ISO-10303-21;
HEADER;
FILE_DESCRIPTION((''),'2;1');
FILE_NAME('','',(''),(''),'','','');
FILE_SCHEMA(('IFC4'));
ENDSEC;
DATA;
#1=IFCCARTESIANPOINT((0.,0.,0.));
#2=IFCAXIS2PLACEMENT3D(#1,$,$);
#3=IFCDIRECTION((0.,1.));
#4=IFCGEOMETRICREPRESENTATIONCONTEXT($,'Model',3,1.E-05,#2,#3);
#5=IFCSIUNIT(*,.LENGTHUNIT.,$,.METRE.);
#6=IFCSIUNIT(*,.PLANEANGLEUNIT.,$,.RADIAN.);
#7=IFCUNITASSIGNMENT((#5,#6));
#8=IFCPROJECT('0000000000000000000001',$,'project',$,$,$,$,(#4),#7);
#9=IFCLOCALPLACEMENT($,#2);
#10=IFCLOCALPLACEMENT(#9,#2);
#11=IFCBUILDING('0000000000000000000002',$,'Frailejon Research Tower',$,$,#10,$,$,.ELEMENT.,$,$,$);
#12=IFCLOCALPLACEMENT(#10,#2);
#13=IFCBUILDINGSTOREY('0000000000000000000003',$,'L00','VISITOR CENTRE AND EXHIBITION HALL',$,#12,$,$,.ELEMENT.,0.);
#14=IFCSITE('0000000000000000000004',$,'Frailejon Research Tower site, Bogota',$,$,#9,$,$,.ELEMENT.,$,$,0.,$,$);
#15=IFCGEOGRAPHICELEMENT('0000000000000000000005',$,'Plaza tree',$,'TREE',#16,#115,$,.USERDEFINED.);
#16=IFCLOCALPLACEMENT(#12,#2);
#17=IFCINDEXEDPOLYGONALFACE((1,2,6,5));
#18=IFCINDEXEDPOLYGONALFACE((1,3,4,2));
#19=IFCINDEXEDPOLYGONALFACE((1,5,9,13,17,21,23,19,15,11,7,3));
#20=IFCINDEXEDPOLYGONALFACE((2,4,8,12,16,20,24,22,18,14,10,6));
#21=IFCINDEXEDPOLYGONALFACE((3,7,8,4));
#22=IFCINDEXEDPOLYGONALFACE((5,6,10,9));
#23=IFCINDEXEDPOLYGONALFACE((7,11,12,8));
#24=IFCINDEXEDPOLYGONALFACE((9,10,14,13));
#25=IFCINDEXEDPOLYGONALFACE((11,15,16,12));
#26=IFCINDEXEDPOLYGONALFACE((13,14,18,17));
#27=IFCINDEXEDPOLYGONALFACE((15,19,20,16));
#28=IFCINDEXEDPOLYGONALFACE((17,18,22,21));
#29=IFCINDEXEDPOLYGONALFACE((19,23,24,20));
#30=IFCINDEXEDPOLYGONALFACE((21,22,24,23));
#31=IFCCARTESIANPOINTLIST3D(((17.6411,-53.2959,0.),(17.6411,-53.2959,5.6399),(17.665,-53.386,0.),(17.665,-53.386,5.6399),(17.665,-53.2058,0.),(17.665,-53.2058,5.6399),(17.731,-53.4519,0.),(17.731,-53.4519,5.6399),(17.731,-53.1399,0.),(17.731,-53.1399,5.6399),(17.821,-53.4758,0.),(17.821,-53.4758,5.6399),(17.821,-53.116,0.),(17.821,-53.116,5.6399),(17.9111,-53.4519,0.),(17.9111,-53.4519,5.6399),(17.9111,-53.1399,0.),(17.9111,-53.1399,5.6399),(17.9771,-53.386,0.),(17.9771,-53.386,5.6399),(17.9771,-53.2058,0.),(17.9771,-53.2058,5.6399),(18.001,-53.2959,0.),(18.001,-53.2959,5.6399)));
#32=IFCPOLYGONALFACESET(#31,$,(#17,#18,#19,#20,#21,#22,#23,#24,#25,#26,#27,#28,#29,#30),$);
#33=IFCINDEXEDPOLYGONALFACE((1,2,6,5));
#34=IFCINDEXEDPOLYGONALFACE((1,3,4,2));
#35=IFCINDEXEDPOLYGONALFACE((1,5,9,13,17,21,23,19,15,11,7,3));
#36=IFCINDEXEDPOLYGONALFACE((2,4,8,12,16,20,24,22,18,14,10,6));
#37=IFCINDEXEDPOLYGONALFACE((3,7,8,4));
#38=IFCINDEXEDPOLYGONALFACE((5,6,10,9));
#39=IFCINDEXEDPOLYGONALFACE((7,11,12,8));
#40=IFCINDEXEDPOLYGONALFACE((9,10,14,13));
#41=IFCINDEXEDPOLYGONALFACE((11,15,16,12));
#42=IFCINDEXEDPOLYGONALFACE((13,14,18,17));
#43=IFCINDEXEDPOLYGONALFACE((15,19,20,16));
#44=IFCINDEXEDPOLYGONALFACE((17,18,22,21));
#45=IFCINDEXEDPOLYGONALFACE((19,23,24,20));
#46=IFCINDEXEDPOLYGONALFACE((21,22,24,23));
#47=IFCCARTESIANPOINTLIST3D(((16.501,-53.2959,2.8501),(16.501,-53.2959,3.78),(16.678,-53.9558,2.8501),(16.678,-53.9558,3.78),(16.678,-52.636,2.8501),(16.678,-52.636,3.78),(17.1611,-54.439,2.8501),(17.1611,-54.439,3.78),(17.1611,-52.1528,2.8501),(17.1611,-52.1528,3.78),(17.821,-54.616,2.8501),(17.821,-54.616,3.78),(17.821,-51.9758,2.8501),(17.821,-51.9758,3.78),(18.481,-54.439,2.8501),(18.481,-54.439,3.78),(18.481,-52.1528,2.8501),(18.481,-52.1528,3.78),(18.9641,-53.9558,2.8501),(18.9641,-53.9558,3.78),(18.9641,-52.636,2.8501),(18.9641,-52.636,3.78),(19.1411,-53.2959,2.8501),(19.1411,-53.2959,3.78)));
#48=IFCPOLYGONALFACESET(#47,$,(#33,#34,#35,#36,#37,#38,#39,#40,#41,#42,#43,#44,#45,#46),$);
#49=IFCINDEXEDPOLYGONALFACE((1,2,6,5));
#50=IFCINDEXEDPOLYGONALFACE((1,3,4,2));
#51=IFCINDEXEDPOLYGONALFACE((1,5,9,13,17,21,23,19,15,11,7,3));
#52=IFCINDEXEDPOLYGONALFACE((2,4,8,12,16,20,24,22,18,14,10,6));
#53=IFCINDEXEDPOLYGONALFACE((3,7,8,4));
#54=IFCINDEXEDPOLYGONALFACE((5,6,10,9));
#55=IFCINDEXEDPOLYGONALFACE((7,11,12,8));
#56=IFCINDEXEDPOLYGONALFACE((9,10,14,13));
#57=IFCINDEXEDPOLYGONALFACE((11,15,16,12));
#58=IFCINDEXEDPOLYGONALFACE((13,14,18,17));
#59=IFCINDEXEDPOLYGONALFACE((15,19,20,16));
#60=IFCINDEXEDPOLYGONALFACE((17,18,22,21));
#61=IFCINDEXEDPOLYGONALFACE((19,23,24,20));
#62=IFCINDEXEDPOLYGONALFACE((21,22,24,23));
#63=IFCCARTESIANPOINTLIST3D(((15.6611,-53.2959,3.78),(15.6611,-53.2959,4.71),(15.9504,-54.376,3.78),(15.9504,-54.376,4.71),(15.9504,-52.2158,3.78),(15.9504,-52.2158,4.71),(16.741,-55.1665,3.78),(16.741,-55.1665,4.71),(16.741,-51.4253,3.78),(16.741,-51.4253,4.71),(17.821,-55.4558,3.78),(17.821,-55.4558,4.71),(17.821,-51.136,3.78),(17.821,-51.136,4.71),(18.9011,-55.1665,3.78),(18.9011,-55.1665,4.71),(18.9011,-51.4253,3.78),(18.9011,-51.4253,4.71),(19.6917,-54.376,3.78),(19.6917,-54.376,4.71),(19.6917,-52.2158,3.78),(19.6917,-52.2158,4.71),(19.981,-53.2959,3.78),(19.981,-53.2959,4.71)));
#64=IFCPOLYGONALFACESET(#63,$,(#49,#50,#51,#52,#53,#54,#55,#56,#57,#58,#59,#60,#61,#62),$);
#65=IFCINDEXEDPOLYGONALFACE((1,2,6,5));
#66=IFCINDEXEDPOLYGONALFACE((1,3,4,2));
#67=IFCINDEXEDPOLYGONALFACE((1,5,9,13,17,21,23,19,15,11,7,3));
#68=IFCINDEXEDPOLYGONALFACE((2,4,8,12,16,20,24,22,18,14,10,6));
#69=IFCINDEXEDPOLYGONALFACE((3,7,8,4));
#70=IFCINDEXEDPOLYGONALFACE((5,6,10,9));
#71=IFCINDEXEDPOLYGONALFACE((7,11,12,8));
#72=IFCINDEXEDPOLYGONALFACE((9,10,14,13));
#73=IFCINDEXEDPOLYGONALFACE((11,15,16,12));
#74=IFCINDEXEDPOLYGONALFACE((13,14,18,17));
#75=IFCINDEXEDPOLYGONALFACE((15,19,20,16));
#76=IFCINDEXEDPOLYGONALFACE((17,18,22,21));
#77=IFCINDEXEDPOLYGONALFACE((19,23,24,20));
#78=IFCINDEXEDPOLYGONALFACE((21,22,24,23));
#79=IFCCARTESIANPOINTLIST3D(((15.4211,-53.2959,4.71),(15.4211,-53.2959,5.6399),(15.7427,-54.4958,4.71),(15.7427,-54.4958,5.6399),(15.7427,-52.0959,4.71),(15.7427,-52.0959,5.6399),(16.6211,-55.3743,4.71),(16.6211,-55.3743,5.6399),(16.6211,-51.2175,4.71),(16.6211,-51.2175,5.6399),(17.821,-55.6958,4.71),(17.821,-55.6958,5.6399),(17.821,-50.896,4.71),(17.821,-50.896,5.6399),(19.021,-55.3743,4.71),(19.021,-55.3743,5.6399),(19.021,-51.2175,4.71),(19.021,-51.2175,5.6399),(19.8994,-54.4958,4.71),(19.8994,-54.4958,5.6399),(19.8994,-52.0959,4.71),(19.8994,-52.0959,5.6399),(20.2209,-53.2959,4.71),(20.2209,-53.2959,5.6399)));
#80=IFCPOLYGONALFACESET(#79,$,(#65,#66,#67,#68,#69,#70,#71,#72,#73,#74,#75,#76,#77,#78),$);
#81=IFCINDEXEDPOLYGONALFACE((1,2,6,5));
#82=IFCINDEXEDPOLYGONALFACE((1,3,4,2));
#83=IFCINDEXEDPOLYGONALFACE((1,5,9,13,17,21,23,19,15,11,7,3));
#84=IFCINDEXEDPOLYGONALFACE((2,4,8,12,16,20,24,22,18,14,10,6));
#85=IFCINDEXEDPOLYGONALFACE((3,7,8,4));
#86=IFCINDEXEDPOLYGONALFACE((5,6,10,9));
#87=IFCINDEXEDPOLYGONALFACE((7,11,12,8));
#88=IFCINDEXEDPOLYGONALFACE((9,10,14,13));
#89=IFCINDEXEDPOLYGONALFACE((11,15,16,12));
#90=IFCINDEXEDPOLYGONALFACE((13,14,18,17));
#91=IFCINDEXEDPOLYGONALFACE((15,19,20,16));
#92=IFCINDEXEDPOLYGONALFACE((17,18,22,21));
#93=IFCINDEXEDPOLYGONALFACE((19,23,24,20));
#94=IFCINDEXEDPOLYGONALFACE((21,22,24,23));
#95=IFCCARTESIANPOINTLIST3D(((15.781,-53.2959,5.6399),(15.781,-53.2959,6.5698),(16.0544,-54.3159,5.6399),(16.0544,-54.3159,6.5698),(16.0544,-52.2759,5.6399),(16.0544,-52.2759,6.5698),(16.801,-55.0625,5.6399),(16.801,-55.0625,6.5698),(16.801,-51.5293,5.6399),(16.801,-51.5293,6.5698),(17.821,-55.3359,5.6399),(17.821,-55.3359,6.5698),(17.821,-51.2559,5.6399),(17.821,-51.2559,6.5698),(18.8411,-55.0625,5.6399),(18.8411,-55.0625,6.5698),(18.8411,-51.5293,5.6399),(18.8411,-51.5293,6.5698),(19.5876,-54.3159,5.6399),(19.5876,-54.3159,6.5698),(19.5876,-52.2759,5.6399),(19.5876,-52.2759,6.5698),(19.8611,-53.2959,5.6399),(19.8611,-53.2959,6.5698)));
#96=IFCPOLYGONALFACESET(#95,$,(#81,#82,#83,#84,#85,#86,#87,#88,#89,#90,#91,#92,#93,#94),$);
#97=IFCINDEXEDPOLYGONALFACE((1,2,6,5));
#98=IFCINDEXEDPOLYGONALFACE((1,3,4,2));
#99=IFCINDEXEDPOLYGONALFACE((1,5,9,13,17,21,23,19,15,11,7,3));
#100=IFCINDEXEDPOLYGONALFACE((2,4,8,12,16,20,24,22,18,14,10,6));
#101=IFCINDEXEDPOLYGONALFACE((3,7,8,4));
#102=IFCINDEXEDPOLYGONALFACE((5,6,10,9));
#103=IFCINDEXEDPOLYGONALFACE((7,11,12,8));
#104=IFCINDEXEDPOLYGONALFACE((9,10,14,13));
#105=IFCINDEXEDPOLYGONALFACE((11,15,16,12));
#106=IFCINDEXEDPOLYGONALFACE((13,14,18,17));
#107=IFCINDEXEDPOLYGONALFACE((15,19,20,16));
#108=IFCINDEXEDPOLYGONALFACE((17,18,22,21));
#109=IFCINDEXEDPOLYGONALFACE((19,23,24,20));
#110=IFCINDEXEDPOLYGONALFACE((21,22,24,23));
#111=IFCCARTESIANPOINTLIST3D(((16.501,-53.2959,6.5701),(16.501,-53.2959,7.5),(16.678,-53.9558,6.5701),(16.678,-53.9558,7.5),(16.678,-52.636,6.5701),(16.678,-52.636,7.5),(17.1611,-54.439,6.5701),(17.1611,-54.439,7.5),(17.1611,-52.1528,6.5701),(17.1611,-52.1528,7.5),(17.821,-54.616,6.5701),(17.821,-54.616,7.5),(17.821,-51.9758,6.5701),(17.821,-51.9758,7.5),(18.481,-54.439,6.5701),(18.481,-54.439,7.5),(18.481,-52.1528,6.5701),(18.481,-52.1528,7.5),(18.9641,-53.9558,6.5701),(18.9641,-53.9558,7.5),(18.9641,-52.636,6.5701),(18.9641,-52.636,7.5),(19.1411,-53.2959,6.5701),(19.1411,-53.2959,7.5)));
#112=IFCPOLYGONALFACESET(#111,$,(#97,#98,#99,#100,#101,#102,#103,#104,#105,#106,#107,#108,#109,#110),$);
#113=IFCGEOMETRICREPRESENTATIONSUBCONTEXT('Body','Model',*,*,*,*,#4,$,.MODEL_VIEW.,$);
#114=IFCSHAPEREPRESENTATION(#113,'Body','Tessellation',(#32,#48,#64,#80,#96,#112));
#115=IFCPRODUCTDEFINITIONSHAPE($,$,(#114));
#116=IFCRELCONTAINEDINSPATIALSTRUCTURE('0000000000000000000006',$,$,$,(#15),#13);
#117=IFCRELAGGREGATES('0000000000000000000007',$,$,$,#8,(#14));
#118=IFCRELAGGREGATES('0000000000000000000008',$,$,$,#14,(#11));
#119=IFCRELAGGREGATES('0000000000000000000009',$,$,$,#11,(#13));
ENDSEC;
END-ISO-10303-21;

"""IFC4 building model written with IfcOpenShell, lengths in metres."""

from ifc_helpers import new_model, si_unit, direction, frame, origin, place, context, subcontext, project, spatial, polyline, outline, extrude, element, save


model = new_model("IFC4")

# Units and contexts
model_context = context("Model", 3, precision=1e-05, world=origin(), true_north=direction((0.0, 1.0)))
body_context = subcontext(model_context, "Body", "Model", "MODEL_VIEW")
ifc_project = project(units=[si_unit("LENGTHUNIT", "METRE"), si_unit("PLANEANGLEUNIT", "RADIAN")], contexts=[model_context])

# Site, building, storey
site_placement = place(None, origin())
site = spatial("IfcSite", under=ifc_project, at=site_placement, Name="Frailejon Research Tower site, Bogota", CompositionType="ELEMENT", RefElevation=0.0)
building_placement = place(site_placement, origin())
building = spatial("IfcBuilding", under=site, at=building_placement, Name="Frailejon Research Tower", CompositionType="ELEMENT")
storey_placement = place(building_placement, origin())
storey = spatial("IfcBuildingStorey", under=building, at=storey_placement, Name="L00", Description="VISITOR CENTRE AND EXHIBITION HALL", CompositionType="ELEMENT", Elevation=0.0)

# Geographic element
geographic_element_1_placement = place(storey_placement, frame((17.821, -53.2959, 0.0)))
element("IfcGeographicElement", 1, at=geographic_element_1_placement, inside=storey, Name="Plaza tree", ObjectType="TREE", PredefinedType="USERDEFINED", context=body_context, shape_type="SweptSolid", body=[
    extrude(outline(polyline([(0.1799, 0.0), (0.156, 0.0901), (0.0901, 0.156), (0.0, 0.1799), (-0.0901, 0.156), (-0.156, 0.0901), (-0.1799, 0.0), (-0.156, -0.0901), (-0.0901, -0.156), (0.0, -0.1799), (0.0901, -0.156), (0.156, -0.0901), (0.1799, 0.0)])), origin(), (0.0, 0.0, 1.0), 5.6399),
    extrude(outline(polyline([(1.3201, 0.0), (1.1431, 0.6599), (0.6599, 1.1431), (0.0, 1.3201), (-0.6599, 1.1431), (-1.1431, 0.6599), (-1.3201, 0.0), (-1.1431, -0.6599), (-0.6599, -1.1431), (0.0, -1.3201), (0.6599, -1.1431), (1.1431, -0.6599), (1.3201, 0.0)])), frame((0.0, 0.0, 2.8501)), (0.0, 0.0, 1.0), 0.9299),
    extrude(outline(polyline([(2.1599, 0.0), (1.8706, 1.0801), (1.0801, 1.8706), (0.0, 2.1599), (-1.0801, 1.8706), (-1.8706, 1.0801), (-2.1599, 0.0), (-1.8706, -1.0801), (-1.0801, -1.8706), (0.0, -2.1599), (1.0801, -1.8706), (1.8706, -1.0801), (2.1599, 0.0)])), frame((0.0, 0.0, 3.78)), (0.0, 0.0, 1.0), 0.9299),
    extrude(outline(polyline([(2.3999, 0.0), (2.0784, 1.2), (1.2, 2.0784), (0.0, 2.3999), (-1.2, 2.0784), (-2.0784, 1.2), (-2.3999, 0.0), (-2.0784, -1.2), (-1.2, -2.0784), (0.0, -2.3999), (1.2, -2.0784), (2.0784, -1.2), (2.3999, 0.0)])), frame((0.0, 0.0, 4.71)), (0.0, 0.0, 1.0), 0.9299),
    extrude(outline(polyline([(2.04, 0.0), (1.7666, 1.02), (1.02, 1.7666), (0.0, 2.04), (-1.02, 1.7666), (-1.7666, 1.02), (-2.04, 0.0), (-1.7666, -1.02), (-1.02, -1.7666), (0.0, -2.04), (1.02, -1.7666), (1.7666, -1.02), (2.04, 0.0)])), frame((0.0, 0.0, 5.6399)), (0.0, 0.0, 1.0), 0.9299),
    extrude(outline(polyline([(1.3201, 0.0), (1.1431, 0.6599), (0.6599, 1.1431), (0.0, 1.3201), (-0.6599, 1.1431), (-1.1431, 0.6599), (-1.3201, 0.0), (-1.1431, -0.6599), (-0.6599, -1.1431), (0.0, -1.3201), (0.6599, -1.1431), (1.1431, -0.6599), (1.3201, 0.0)])), frame((0.0, 0.0, 6.5701)), (0.0, 0.0, 1.0), 0.9299),
])

save(model, "model.ifc")
